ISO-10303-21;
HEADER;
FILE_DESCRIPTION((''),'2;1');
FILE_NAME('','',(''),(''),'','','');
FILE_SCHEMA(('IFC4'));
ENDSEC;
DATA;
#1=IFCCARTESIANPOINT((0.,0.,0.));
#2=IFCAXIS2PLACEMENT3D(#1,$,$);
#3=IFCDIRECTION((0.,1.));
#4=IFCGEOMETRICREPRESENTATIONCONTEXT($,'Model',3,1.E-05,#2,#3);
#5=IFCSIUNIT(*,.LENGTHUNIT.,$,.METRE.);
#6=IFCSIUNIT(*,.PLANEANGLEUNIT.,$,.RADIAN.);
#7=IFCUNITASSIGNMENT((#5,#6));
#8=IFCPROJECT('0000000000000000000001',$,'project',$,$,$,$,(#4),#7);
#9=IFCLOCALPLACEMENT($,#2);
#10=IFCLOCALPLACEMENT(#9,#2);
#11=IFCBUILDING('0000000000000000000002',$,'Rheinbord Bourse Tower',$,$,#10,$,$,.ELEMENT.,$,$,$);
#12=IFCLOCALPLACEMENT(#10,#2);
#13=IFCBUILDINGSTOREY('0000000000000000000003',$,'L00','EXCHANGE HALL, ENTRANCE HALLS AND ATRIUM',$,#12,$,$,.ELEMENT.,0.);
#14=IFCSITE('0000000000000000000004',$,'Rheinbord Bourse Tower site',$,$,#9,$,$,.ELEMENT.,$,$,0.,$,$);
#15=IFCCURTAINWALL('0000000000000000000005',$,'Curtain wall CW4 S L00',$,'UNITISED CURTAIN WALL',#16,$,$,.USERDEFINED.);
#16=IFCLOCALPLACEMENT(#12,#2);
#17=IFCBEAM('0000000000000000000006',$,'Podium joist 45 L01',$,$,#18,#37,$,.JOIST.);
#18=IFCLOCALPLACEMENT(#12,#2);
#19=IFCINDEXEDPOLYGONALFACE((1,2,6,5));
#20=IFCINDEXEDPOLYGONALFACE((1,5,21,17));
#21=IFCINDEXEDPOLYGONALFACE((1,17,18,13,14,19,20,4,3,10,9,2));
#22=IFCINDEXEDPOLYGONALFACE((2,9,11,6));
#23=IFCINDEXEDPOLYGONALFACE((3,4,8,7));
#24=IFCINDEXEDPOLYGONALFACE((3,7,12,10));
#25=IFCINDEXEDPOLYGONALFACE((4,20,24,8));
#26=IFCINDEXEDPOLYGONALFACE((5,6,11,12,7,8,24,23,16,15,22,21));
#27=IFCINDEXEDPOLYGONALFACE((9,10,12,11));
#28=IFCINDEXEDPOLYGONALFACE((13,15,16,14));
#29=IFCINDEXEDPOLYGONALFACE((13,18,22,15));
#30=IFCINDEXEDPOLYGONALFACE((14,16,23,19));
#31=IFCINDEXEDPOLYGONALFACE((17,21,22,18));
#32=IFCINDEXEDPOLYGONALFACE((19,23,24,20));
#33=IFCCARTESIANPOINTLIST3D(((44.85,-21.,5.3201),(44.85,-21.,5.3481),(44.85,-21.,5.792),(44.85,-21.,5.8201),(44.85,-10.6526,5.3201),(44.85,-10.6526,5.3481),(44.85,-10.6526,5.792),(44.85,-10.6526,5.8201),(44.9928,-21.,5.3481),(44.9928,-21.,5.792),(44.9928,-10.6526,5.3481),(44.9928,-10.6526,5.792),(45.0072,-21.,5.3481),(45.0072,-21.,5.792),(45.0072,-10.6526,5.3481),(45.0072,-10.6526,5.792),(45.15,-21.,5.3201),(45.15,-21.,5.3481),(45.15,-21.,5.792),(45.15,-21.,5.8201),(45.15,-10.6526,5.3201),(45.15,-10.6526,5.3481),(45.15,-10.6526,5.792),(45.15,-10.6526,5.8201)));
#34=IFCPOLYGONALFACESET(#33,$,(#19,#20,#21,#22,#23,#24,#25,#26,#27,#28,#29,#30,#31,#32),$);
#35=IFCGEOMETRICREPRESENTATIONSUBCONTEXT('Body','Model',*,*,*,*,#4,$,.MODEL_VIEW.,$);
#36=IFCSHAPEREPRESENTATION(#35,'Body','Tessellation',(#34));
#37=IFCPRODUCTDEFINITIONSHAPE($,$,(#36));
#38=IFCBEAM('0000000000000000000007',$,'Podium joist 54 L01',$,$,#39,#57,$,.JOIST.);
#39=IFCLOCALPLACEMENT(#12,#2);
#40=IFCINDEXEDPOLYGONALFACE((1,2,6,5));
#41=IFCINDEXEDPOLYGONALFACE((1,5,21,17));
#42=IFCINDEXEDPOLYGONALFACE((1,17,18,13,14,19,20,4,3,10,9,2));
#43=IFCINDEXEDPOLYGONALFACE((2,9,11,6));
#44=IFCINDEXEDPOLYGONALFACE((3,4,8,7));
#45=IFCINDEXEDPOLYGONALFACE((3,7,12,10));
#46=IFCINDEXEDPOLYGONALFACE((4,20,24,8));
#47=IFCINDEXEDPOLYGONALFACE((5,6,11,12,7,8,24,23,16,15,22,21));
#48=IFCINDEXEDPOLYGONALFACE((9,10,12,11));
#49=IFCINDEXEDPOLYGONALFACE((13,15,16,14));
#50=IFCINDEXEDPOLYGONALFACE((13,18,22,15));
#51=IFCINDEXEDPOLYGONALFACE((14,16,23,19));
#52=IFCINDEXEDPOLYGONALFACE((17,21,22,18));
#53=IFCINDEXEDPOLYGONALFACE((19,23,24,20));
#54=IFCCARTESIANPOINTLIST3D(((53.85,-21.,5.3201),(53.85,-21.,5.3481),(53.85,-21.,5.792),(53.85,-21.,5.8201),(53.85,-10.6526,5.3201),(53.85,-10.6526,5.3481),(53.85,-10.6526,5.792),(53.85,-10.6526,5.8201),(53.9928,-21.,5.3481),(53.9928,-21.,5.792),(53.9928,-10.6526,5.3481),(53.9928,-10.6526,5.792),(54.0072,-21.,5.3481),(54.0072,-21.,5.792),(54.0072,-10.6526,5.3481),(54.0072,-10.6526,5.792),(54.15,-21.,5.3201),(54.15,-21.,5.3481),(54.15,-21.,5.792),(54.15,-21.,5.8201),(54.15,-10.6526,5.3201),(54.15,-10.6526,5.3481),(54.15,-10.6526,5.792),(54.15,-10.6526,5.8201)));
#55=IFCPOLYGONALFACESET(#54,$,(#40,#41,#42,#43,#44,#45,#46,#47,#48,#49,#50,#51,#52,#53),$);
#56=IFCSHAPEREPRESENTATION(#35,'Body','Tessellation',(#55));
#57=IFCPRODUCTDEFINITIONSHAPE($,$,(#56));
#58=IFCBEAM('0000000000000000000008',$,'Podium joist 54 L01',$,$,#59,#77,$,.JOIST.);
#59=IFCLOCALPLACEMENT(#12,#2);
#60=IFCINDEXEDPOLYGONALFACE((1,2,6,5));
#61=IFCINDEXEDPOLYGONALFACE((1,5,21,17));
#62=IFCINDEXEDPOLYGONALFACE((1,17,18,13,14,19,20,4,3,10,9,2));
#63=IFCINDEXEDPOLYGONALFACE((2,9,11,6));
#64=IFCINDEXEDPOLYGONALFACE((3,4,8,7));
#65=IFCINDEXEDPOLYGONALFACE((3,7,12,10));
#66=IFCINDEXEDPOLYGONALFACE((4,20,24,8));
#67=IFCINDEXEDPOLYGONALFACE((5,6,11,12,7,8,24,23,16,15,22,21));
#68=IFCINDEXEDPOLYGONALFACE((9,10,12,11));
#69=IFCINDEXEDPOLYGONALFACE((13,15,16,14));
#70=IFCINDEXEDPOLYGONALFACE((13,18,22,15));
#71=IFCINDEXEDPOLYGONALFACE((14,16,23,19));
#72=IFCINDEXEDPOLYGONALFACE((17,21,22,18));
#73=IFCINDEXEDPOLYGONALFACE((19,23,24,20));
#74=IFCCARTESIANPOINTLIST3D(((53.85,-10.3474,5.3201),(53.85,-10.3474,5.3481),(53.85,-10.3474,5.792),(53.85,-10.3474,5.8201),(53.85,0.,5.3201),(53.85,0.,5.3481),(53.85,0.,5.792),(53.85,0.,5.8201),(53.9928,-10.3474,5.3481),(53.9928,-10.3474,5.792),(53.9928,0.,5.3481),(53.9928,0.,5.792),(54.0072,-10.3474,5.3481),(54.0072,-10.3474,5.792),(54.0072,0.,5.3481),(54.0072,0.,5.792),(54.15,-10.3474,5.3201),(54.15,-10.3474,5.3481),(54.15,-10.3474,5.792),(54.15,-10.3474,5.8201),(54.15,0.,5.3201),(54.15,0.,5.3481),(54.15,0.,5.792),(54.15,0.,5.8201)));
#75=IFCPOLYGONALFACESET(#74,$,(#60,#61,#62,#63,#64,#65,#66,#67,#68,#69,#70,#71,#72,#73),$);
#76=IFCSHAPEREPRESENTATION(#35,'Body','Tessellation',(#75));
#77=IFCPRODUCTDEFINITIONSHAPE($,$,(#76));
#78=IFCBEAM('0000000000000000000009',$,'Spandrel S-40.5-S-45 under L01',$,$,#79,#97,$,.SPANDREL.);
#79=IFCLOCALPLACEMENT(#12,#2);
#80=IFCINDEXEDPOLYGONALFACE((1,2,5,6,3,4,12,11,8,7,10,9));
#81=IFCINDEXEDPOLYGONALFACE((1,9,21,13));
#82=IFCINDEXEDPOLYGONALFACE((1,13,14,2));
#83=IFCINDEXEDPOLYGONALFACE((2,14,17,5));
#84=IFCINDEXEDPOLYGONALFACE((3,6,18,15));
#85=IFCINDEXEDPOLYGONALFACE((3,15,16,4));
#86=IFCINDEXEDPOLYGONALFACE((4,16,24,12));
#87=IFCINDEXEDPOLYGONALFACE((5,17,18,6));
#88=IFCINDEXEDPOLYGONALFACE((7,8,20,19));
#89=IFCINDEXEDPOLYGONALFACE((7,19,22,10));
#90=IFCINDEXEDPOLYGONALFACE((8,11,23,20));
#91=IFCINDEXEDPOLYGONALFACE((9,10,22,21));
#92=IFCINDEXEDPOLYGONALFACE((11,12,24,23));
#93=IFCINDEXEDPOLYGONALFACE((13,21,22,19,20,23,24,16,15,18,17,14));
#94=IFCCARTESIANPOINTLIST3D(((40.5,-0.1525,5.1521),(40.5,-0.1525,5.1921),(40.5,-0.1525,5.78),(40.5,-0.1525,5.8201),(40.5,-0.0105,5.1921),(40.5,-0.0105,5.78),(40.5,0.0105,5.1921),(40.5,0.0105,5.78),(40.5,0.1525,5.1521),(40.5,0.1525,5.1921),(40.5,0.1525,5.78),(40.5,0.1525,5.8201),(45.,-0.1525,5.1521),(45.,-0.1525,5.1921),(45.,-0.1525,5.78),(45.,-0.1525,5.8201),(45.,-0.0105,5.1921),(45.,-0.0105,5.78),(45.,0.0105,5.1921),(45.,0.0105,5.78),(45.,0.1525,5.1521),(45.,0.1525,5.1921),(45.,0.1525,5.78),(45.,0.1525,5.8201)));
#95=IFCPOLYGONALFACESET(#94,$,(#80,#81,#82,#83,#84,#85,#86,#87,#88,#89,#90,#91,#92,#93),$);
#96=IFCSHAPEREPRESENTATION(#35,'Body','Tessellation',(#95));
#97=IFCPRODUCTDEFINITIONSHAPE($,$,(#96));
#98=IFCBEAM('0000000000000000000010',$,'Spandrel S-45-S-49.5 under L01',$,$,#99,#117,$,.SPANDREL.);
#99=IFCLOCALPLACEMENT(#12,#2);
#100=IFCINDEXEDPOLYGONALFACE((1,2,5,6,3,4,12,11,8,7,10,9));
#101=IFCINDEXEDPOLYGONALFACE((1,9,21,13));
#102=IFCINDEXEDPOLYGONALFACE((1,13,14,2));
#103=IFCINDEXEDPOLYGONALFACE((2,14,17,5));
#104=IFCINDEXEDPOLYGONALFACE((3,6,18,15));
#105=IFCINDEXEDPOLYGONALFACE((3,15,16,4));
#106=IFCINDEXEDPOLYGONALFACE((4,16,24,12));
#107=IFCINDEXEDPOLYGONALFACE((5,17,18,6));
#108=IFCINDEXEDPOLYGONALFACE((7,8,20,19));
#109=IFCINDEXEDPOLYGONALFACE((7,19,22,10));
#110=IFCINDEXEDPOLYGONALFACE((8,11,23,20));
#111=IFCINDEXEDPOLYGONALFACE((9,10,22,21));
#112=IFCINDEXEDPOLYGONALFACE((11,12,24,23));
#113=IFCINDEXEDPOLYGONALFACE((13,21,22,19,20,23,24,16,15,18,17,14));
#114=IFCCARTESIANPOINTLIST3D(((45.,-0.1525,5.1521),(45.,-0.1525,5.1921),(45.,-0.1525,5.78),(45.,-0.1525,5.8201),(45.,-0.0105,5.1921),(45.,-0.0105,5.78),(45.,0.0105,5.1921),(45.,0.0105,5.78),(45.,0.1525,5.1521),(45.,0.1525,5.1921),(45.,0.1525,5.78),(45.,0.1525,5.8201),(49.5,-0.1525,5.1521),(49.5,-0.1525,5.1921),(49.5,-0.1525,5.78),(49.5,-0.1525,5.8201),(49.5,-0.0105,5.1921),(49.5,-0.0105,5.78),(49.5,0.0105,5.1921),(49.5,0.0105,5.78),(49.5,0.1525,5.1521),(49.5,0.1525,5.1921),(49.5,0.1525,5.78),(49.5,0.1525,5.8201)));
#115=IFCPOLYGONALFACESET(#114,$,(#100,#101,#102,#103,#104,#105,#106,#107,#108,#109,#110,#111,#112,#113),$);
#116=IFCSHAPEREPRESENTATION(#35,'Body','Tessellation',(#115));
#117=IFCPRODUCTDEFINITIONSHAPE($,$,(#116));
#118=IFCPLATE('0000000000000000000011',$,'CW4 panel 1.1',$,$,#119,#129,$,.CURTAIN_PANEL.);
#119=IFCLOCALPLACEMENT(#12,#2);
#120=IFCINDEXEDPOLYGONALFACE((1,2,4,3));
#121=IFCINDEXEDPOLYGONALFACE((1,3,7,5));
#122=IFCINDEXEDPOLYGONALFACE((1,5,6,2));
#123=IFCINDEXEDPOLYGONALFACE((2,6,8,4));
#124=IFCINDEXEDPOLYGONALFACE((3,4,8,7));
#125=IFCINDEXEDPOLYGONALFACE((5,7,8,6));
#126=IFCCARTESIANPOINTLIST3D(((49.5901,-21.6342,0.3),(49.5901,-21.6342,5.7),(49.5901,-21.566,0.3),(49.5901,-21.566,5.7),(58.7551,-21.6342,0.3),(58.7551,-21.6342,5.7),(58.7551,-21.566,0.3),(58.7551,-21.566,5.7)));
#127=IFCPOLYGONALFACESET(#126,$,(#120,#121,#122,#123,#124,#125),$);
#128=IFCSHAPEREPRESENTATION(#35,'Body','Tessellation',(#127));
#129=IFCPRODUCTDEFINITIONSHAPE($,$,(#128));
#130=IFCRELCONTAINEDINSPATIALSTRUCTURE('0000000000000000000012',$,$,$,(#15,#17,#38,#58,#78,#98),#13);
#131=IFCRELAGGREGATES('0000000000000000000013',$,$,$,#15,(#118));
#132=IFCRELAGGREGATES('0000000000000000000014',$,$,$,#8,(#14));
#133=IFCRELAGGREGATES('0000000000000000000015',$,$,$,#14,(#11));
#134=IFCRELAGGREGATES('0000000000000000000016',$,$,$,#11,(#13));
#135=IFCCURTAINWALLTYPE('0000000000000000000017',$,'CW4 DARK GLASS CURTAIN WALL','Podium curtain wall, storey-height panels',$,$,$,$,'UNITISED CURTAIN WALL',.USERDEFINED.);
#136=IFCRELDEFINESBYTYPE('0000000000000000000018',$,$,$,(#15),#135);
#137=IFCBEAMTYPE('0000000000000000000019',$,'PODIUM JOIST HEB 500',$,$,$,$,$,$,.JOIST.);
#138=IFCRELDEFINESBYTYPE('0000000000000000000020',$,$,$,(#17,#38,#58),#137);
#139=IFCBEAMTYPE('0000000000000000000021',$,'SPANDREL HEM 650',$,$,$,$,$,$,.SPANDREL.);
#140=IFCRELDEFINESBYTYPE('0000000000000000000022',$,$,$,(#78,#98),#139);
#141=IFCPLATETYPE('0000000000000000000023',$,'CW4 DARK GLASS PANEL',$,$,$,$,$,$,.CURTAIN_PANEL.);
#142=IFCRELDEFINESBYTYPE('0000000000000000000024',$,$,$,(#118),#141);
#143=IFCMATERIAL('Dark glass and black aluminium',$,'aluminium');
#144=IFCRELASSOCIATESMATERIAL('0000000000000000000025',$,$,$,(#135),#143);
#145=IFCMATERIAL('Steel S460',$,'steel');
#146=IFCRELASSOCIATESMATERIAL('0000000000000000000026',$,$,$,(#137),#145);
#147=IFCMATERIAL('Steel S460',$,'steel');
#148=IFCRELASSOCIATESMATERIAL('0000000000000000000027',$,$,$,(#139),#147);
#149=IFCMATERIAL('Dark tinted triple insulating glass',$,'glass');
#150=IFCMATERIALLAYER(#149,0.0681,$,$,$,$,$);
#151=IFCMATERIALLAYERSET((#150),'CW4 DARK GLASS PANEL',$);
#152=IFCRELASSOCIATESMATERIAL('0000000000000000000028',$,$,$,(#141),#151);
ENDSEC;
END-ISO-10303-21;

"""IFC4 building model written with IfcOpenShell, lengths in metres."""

from ifc_helpers import new_model, si_unit, direction, frame, origin, origin_2d, place, context, subcontext, project, spatial, rectangle, i_section, extrude, material, layer, layer_set, material_profile, profile_set, type_object, element, aggregate, save


model = new_model("IFC4")

# Units and contexts
model_context = context("Model", 3, precision=1e-05, world=origin(), true_north=direction((0.0, 1.0)))
body_context = subcontext(model_context, "Body", "Model", "MODEL_VIEW")
ifc_project = project(units=[si_unit("LENGTHUNIT", "METRE"), si_unit("PLANEANGLEUNIT", "RADIAN")], contexts=[model_context])

# Site, building, storey
site_placement = place(None, origin())
site = spatial("IfcSite", under=ifc_project, at=site_placement, Name="Rheinbord Bourse Tower site", CompositionType="ELEMENT", RefElevation=0.0)
building_placement = place(site_placement, origin())
building = spatial("IfcBuilding", under=site, at=building_placement, Name="Rheinbord Bourse Tower", CompositionType="ELEMENT")
storey_placement = place(building_placement, origin())
storey = spatial("IfcBuildingStorey", under=building, at=storey_placement, Name="L00", Description="EXCHANGE HALL, ENTRANCE HALLS AND ATRIUM", CompositionType="ELEMENT", Elevation=0.0)

# Curtain wall
ifc_material_1 = material(Name="Dark glass and black aluminium", Category="aluminium")
curtain_wall_type = type_object("IfcCurtainWallType", Name="CW4 DARK GLASS CURTAIN WALL", Description="Podium curtain wall, storey-height panels", ElementType="UNITISED CURTAIN WALL", PredefinedType="USERDEFINED", material=ifc_material_1)
curtain_wall_placement = place(storey_placement, origin())
curtain_wall = element("IfcCurtainWall", 1, at=curtain_wall_placement, inside=storey, type_object=curtain_wall_type, Name="Curtain wall CW4 S L00", ObjectType="UNITISED CURTAIN WALL", PredefinedType="USERDEFINED")

# Beams
ifc_material_2 = material(Name="Steel S460", Category="steel")
ifc_material_profile_1 = material_profile(ifc_material_2, i_section(OverallWidth=0.3, OverallDepth=0.5, WebThickness=0.0144, FlangeThickness=0.0281, at=origin_2d()), Name="HEB 500")
ifc_profile_set_1 = profile_set([ifc_material_profile_1], Name="Steel S460")
beam_type_1 = type_object("IfcBeamType", Name="PODIUM JOIST HEB 500", PredefinedType="JOIST", material=ifc_profile_set_1)
for number, where, z_axis, x_axis, name in (
    (2, (45.0, -21.0, 5.5701), (0.0, 1.0, 0.0), (-1.0, 0.0, 0.0), "Podium joist 45 L01"),
    (3, (54.0, -21.0, 5.5701), (0.0, 1.0, 0.0), (-1.0, 0.0, 0.0), "Podium joist 54 L01"),
    (4, (54.0, -10.3474, 5.5701), (0.0, 1.0, 0.0), (-1.0, 0.0, 0.0), "Podium joist 54 L01"),
):
    element("IfcBeam", number, at=place(storey_placement, frame(where, z_axis=z_axis, x_axis=x_axis)), inside=storey, type_object=beam_type_1, Name=name, PredefinedType="JOIST", context=body_context, shape_type="SweptSolid", body=[
        extrude(i_section(OverallWidth=0.3, OverallDepth=0.5, WebThickness=0.0144, FlangeThickness=0.0281, at=origin_2d()), origin(), (0.0, 0.0, 1.0), 10.3474),
    ])
ifc_material_3 = material(Name="Steel S460", Category="steel")
ifc_material_profile_2 = material_profile(ifc_material_3, i_section(OverallWidth=0.3049, OverallDepth=0.668, WebThickness=0.021, FlangeThickness=0.04, at=origin_2d()), Name="HEM 650")
ifc_profile_set_2 = profile_set([ifc_material_profile_2], Name="Steel S460")
beam_type_2 = type_object("IfcBeamType", Name="SPANDREL HEM 650", PredefinedType="SPANDREL", material=ifc_profile_set_2)
for number, where, z_axis, x_axis, name in (
    (5, (40.5, 0.0, 5.4861), (1.0, 0.0, 0.0), (0.0, 1.0, 0.0), "Spandrel S-40.5-S-45 under L01"),
    (6, (45.0, 0.0, 5.4861), (1.0, 0.0, 0.0), (0.0, 1.0, 0.0), "Spandrel S-45-S-49.5 under L01"),
):
    element("IfcBeam", number, at=place(storey_placement, frame(where, z_axis=z_axis, x_axis=x_axis)), inside=storey, type_object=beam_type_2, Name=name, PredefinedType="SPANDREL", context=body_context, shape_type="SweptSolid", body=[
        extrude(i_section(OverallWidth=0.3049, OverallDepth=0.668, WebThickness=0.021, FlangeThickness=0.04, at=origin_2d()), origin(), (0.0, 0.0, 1.0), 4.5),
    ])

# Plate
ifc_material_4 = material(Name="Dark tinted triple insulating glass", Category="glass")
ifc_layer_1 = layer(ifc_material_4, 0.0681)
ifc_layer_set_1 = layer_set([ifc_layer_1], Name="CW4 DARK GLASS PANEL")
plate_type = type_object("IfcPlateType", Name="CW4 DARK GLASS PANEL", PredefinedType="CURTAIN_PANEL", material=ifc_layer_set_1)
plate_placement = place(storey_placement, frame((54.1726, -21.6001, 0.3), z_axis=(0.0, 0.0, 1.0), x_axis=(1.0, 0.0, 0.0)))
plate = element("IfcPlate", 7, at=plate_placement, type_object=plate_type, Name="CW4 panel 1.1", PredefinedType="CURTAIN_PANEL", context=body_context, shape_type="SweptSolid", body=[
    extrude(rectangle(XDim=9.165, YDim=0.0681, at=origin_2d()), origin(), (0.0, 0.0, 1.0), 5.3999),
])
aggregate(curtain_wall, [plate])

save(model, "model.ifc")
